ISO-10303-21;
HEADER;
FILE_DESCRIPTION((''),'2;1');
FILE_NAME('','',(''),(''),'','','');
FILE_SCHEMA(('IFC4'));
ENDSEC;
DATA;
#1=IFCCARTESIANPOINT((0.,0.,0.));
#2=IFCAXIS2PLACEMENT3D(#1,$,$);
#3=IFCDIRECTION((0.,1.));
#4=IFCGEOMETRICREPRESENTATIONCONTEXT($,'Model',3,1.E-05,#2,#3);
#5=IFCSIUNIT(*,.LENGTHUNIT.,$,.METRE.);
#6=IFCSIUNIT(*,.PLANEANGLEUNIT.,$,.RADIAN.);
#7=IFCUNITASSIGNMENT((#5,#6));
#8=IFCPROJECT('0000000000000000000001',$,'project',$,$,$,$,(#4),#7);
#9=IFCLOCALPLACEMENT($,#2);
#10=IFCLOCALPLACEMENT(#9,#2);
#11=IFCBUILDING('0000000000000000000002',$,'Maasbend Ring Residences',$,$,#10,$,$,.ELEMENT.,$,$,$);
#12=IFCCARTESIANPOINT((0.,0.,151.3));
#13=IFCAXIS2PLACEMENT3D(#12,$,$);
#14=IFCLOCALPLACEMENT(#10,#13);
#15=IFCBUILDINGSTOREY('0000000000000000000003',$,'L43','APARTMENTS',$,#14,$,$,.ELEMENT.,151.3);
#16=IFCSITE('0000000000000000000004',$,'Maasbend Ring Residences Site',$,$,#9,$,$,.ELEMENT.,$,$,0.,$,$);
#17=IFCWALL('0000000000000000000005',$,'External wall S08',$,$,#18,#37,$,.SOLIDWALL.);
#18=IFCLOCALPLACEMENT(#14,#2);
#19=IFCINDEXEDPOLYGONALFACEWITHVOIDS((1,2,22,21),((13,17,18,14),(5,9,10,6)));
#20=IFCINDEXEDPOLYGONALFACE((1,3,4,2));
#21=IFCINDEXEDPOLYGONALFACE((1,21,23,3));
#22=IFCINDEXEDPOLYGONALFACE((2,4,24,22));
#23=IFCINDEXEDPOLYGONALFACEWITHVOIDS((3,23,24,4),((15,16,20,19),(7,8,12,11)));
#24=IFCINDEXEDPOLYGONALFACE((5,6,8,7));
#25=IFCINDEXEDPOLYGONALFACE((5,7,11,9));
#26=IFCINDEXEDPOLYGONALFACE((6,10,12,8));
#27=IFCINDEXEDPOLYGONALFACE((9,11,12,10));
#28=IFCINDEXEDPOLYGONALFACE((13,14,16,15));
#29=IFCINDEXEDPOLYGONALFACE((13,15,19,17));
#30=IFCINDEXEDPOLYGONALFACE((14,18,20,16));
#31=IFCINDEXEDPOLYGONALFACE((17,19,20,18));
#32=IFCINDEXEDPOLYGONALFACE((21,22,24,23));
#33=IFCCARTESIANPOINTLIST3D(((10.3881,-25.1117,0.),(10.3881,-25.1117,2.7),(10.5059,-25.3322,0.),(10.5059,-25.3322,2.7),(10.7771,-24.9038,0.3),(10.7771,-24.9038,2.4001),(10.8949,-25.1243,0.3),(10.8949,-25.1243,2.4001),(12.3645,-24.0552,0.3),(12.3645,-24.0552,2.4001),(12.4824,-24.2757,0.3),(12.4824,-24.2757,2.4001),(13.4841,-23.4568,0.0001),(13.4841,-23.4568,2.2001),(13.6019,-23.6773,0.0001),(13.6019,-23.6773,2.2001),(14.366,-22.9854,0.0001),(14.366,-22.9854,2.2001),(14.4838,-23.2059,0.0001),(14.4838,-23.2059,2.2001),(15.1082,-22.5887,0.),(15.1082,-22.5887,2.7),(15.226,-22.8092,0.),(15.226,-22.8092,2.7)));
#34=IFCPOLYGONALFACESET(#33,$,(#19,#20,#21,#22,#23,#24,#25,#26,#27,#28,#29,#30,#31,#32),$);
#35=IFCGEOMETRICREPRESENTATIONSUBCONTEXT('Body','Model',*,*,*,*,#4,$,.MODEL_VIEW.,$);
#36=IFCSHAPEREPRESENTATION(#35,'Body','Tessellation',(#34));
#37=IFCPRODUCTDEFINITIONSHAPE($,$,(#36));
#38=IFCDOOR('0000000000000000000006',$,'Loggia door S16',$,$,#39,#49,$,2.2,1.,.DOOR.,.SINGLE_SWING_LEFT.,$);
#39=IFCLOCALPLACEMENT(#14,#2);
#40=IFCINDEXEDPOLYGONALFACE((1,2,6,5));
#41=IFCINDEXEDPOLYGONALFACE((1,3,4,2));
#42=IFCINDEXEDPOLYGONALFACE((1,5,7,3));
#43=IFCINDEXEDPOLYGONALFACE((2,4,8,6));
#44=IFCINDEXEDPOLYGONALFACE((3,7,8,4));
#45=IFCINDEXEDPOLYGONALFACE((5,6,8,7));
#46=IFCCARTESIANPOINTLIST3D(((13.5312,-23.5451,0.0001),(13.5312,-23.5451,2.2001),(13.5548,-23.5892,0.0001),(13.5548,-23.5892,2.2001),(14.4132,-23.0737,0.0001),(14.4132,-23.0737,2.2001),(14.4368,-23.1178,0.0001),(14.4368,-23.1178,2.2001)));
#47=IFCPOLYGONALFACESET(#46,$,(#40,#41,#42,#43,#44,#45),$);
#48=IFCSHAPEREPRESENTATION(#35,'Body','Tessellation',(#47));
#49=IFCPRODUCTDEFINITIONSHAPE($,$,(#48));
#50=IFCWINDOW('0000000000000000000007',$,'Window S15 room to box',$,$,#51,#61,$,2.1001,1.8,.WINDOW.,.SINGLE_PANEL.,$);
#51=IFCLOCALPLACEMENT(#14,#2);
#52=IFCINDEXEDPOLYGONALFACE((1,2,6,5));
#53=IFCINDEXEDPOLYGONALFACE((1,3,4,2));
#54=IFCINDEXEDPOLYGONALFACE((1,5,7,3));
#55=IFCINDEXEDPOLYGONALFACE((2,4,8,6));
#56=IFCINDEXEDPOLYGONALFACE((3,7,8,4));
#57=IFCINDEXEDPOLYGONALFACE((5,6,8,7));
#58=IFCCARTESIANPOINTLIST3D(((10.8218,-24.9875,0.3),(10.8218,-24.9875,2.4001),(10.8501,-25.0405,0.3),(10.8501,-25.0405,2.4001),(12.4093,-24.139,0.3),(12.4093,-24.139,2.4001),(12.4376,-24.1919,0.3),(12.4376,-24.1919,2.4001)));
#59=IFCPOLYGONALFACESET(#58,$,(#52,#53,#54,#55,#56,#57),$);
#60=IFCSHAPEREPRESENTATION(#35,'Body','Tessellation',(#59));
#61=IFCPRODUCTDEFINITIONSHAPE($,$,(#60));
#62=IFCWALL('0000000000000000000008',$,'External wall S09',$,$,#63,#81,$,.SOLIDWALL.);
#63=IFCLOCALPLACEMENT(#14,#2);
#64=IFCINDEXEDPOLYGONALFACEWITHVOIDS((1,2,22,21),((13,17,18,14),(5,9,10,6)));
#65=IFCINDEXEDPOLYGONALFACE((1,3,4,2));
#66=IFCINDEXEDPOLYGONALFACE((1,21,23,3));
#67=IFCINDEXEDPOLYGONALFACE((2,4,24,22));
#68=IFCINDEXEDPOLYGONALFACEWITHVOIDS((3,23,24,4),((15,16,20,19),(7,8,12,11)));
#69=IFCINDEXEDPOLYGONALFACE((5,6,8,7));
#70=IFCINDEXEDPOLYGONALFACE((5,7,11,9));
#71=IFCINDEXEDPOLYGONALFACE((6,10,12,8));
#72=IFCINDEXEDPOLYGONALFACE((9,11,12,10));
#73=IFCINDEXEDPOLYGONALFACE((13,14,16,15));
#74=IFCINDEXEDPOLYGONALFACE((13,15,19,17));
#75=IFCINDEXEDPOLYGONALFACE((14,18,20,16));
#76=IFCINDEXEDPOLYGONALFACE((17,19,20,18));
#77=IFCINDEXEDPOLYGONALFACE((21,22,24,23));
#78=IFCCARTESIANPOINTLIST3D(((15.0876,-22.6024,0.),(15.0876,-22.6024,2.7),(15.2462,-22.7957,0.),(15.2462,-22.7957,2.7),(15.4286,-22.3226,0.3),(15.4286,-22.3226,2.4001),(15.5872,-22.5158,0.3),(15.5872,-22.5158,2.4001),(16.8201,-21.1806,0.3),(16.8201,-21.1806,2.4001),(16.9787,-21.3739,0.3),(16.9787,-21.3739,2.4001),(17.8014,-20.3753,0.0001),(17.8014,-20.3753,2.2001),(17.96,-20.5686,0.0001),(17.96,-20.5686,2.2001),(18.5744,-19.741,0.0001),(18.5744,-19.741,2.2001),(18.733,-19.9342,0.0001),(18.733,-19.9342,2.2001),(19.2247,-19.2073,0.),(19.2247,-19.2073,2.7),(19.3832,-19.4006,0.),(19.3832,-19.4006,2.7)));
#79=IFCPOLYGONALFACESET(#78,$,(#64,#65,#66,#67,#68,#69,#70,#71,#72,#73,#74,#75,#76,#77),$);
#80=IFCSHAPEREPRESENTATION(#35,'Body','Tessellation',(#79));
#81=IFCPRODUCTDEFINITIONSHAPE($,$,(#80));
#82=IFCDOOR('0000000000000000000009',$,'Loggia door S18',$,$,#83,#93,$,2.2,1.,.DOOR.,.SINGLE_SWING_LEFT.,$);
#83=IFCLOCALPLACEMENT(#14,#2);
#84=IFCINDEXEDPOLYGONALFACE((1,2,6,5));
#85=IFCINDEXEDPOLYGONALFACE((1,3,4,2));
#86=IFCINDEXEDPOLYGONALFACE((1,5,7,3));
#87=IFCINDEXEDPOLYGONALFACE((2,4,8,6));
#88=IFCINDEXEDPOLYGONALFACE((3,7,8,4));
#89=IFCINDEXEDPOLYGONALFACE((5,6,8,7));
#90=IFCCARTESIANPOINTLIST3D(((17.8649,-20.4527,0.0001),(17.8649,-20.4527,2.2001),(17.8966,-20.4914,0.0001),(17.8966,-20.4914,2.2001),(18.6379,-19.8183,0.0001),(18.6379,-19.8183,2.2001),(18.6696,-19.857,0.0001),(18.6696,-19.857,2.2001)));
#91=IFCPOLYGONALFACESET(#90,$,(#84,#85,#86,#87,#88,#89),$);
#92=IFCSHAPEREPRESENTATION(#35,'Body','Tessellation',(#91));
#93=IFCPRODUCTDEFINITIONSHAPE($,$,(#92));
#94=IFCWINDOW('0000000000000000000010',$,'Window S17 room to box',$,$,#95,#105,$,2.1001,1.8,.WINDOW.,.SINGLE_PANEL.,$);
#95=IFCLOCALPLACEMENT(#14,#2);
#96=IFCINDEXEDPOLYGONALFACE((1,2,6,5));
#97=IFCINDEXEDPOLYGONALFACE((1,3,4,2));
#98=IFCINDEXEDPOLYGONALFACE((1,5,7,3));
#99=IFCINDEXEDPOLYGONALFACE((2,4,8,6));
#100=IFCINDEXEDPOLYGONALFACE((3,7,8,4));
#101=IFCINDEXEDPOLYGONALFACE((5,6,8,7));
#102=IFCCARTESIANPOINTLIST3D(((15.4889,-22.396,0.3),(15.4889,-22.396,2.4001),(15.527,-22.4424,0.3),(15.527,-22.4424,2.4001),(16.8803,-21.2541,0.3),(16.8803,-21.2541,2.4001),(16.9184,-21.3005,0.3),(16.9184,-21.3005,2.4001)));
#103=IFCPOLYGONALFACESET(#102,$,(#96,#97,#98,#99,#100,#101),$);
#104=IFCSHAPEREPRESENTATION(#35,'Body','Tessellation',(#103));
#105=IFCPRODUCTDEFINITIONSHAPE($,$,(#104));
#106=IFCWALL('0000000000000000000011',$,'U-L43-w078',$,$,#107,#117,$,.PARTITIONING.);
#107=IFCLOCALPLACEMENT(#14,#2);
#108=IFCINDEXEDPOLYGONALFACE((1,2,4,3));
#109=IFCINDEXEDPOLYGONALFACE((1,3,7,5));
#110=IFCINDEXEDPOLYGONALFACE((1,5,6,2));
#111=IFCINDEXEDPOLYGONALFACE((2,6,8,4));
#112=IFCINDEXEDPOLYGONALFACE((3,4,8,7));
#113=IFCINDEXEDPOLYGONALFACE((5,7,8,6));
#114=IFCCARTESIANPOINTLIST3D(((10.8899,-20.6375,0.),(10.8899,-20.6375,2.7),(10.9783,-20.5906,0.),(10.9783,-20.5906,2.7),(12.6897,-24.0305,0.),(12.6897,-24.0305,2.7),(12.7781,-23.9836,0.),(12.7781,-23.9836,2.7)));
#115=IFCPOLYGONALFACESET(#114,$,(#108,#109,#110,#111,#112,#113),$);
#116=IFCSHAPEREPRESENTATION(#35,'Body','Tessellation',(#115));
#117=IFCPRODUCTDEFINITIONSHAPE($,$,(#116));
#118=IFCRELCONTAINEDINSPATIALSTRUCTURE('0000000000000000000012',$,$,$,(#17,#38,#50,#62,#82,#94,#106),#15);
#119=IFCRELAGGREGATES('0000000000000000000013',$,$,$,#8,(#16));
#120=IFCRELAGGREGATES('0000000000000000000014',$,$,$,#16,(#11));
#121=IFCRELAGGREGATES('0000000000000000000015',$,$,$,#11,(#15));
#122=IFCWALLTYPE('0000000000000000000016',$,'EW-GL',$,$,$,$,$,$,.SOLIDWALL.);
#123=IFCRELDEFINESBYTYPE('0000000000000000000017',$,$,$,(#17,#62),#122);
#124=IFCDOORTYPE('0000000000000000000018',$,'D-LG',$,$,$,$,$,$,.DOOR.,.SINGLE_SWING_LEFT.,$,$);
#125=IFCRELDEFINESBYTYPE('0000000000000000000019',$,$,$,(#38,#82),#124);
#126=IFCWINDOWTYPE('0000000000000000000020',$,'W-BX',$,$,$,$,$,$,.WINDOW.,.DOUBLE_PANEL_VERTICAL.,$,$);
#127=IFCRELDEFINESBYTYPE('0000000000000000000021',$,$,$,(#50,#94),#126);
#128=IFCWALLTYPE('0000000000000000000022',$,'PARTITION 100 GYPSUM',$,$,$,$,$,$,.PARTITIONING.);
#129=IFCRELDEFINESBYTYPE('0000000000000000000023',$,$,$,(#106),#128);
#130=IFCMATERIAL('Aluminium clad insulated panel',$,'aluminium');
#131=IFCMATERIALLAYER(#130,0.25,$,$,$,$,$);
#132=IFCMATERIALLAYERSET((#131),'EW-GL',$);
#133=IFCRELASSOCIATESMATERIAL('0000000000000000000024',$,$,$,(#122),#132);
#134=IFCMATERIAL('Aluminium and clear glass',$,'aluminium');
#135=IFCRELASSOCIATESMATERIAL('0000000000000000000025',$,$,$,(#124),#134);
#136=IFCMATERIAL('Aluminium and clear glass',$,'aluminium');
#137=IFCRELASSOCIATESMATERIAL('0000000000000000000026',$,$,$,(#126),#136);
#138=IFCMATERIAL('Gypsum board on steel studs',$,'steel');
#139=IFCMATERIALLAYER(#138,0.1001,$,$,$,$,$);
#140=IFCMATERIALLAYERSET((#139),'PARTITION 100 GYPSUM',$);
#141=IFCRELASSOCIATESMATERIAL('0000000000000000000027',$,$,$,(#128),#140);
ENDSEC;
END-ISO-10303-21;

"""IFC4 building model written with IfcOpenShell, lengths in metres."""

from ifc_helpers import new_model, si_unit, direction, frame, frame_2d, origin, place, context, subcontext, project, spatial, rectangle, extrude, material, layer, layer_set, type_object, element, fill, save


model = new_model("IFC4")

# Units and contexts
model_context = context("Model", 3, precision=1e-05, world=origin(), true_north=direction((0.0, 1.0)))
body_context = subcontext(model_context, "Body", "Model", "MODEL_VIEW")
ifc_project = project(units=[si_unit("LENGTHUNIT", "METRE"), si_unit("PLANEANGLEUNIT", "RADIAN")], contexts=[model_context])

# Site, building, storey
site_placement = place(None, origin())
site = spatial("IfcSite", under=ifc_project, at=site_placement, Name="Maasbend Ring Residences Site", CompositionType="ELEMENT", RefElevation=0.0)
building_placement = place(site_placement, origin())
building = spatial("IfcBuilding", under=site, at=building_placement, Name="Maasbend Ring Residences", CompositionType="ELEMENT")
storey_placement = place(building_placement, frame((0.0, 0.0, 151.3)))
storey = spatial("IfcBuildingStorey", under=building, at=storey_placement, Name="L43", Description="APARTMENTS", CompositionType="ELEMENT", Elevation=151.3)

# Walls, openings, doors, windows
ifc_material_1 = material(Name="Aluminium clad insulated panel", Category="aluminium")
ifc_layer_1 = layer(ifc_material_1, 0.25)
ifc_layer_set_1 = layer_set([ifc_layer_1], Name="EW-GL")
wall_type_1 = type_object("IfcWallType", Name="EW-GL", PredefinedType="SOLIDWALL", material=ifc_layer_set_1)
wall_1_placement = place(storey_placement, frame((10.447, -25.2219, 0.0), z_axis=(0.0, 0.0, 1.0), x_axis=(0.881916, 0.471407, 0.0)))
wall_1 = element("IfcWall", 1, at=wall_1_placement, inside=storey, type_object=wall_type_1, Name="External wall S08", PredefinedType="SOLIDWALL", context=body_context, shape_type="SweptSolid", body=[
    extrude(rectangle(XDim=5.3521, YDim=0.25, at=frame_2d((2.676, 0.0))), origin(), (0.0, 0.0, 1.0), 2.7),
])
opening_1_placement = place(wall_1_placement, frame((0.4412, 0.0, 0.3)))
opening_1 = element("IfcOpeningElement", 2, at=opening_1_placement, cuts=wall_1, PredefinedType="OPENING", context=body_context, shape_type="SweptSolid", body=[
    extrude(rectangle(XDim=1.8, YDim=2.1001, at=frame_2d((0.8999, 1.05))), frame((0.0, 0.135, 0.0), z_axis=(0.0, -1.0, 0.0), x_axis=(1.0, 0.0, 0.0)), (0.0, 0.0, 1.0), 0.27),
])
opening_2_placement = place(wall_1_placement, frame((3.5105, 0.0, 0.0)))
opening_2 = element("IfcOpeningElement", 3, at=opening_2_placement, cuts=wall_1, PredefinedType="OPENING", context=body_context, shape_type="SweptSolid", body=[
    extrude(rectangle(XDim=1.0, YDim=2.2, at=frame_2d((0.5, 1.1001))), frame((0.0, 0.135, 0.0), z_axis=(0.0, -1.0, 0.0), x_axis=(1.0, 0.0, 0.0)), (0.0, 0.0, 1.0), 0.27),
])
ifc_material_2 = material(Name="Aluminium and clear glass", Category="aluminium")
door_type = type_object("IfcDoorType", Name="D-LG", OperationType="SINGLE_SWING_LEFT", PredefinedType="DOOR", material=ifc_material_2)
door_1_placement = place(opening_2_placement, origin())
door_1 = element("IfcDoor", 4, at=door_1_placement, inside=storey, type_object=door_type, Name="Loggia door S16", OperationType="SINGLE_SWING_LEFT", OverallHeight=2.2, OverallWidth=1.0, PredefinedType="DOOR", context=body_context, shape_type="SweptSolid", body=[
    extrude(rectangle(XDim=1.0, YDim=2.2, at=frame_2d((0.5, 1.1001))), frame((0.0, 0.0249, 0.0), z_axis=(0.0, -1.0, 0.0), x_axis=(1.0, 0.0, 0.0)), (0.0, 0.0, 1.0), 0.05),
])
fill(opening_2, door_1)
ifc_material_3 = material(Name="Aluminium and clear glass", Category="aluminium")
window_type_1 = type_object("IfcWindowType", Name="W-BX", PartitioningType="DOUBLE_PANEL_VERTICAL", PredefinedType="WINDOW", material=ifc_material_3)
window_1_placement = place(opening_1_placement, origin())
window_1 = element("IfcWindow", 5, at=window_1_placement, inside=storey, type_object=window_type_1, Name="Window S15 room to box", OverallHeight=2.1001, OverallWidth=1.8, PartitioningType="SINGLE_PANEL", PredefinedType="WINDOW", context=body_context, shape_type="SweptSolid", body=[
    extrude(rectangle(XDim=1.8, YDim=2.1001, at=frame_2d((0.8999, 1.05))), frame((0.0, 0.03, 0.0), z_axis=(0.0, -1.0, 0.0), x_axis=(1.0, 0.0, 0.0)), (0.0, 0.0, 1.0), 0.0601),
])
fill(opening_1, window_1)
wall_2_placement = place(storey_placement, frame((15.167, -22.699, 0.0), z_axis=(0.0, 0.0, 1.0), x_axis=(0.773019, 0.634382, 0.0)))
wall_2 = element("IfcWall", 6, at=wall_2_placement, inside=storey, type_object=wall_type_1, Name="External wall S09", PredefinedType="SOLIDWALL", context=body_context, shape_type="SweptSolid", body=[
    extrude(rectangle(XDim=5.3518, YDim=0.25, at=frame_2d((2.6758, 0.0))), origin(), (0.0, 0.0, 1.0), 2.7),
])
opening_3_placement = place(wall_2_placement, frame((0.4412, 0.0, 0.3)))
opening_3 = element("IfcOpeningElement", 7, at=opening_3_placement, cuts=wall_2, PredefinedType="OPENING", context=body_context, shape_type="SweptSolid", body=[
    extrude(rectangle(XDim=1.8, YDim=2.1001, at=frame_2d((0.8999, 1.05))), frame((0.0, 0.135, 0.0), z_axis=(0.0, -1.0, 0.0), x_axis=(1.0, 0.0, 0.0)), (0.0, 0.0, 1.0), 0.27),
])
opening_4_placement = place(wall_2_placement, frame((3.5105, 0.0, 0.0)))
opening_4 = element("IfcOpeningElement", 8, at=opening_4_placement, cuts=wall_2, PredefinedType="OPENING", context=body_context, shape_type="SweptSolid", body=[
    extrude(rectangle(XDim=1.0, YDim=2.2, at=frame_2d((0.5, 1.1001))), frame((0.0, 0.135, 0.0), z_axis=(0.0, -1.0, 0.0), x_axis=(1.0, 0.0, 0.0)), (0.0, 0.0, 1.0), 0.27),
])
door_2_placement = place(opening_4_placement, origin())
door_2 = element("IfcDoor", 9, at=door_2_placement, inside=storey, type_object=door_type, Name="Loggia door S18", OperationType="SINGLE_SWING_LEFT", OverallHeight=2.2, OverallWidth=1.0, PredefinedType="DOOR", context=body_context, shape_type="SweptSolid", body=[
    extrude(rectangle(XDim=1.0, YDim=2.2, at=frame_2d((0.5, 1.1001))), frame((0.0, 0.0249, 0.0), z_axis=(0.0, -1.0, 0.0), x_axis=(1.0, 0.0, 0.0)), (0.0, 0.0, 1.0), 0.05),
])
fill(opening_4, door_2)
window_2_placement = place(opening_3_placement, origin())
window_2 = element("IfcWindow", 10, at=window_2_placement, inside=storey, type_object=window_type_1, Name="Window S17 room to box", OverallHeight=2.1001, OverallWidth=1.8, PartitioningType="SINGLE_PANEL", PredefinedType="WINDOW", context=body_context, shape_type="SweptSolid", body=[
    extrude(rectangle(XDim=1.8, YDim=2.1001, at=frame_2d((0.8999, 1.05))), frame((0.0, 0.03, 0.0), z_axis=(0.0, -1.0, 0.0), x_axis=(1.0, 0.0, 0.0)), (0.0, 0.0, 1.0), 0.0601),
])
fill(opening_3, window_2)

# Wall
ifc_material_4 = material(Name="Gypsum board on steel studs", Category="steel")
ifc_layer_2 = layer(ifc_material_4, 0.1001)
ifc_layer_set_2 = layer_set([ifc_layer_2], Name="PARTITION 100 GYPSUM")
wall_type_2 = type_object("IfcWallType", Name="PARTITION 100 GYPSUM", PredefinedType="PARTITIONING", material=ifc_layer_set_2)
wall_3_placement = place(storey_placement, frame((10.9341, -20.614, 0.0), z_axis=(0.0, 0.0, 1.0), x_axis=(0.468594, -0.883413, 0.0)))
element("IfcWall", 11, at=wall_3_placement, inside=storey, type_object=wall_type_2, Name="U-L43-w078", PredefinedType="PARTITIONING", context=body_context, shape_type="SweptSolid", body=[
    extrude(rectangle(XDim=3.8408, YDim=0.1001, at=frame_2d((1.9204, 0.0))), origin(), (0.0, 0.0, 1.0), 2.7),
])

save(model, "model.ifc")
